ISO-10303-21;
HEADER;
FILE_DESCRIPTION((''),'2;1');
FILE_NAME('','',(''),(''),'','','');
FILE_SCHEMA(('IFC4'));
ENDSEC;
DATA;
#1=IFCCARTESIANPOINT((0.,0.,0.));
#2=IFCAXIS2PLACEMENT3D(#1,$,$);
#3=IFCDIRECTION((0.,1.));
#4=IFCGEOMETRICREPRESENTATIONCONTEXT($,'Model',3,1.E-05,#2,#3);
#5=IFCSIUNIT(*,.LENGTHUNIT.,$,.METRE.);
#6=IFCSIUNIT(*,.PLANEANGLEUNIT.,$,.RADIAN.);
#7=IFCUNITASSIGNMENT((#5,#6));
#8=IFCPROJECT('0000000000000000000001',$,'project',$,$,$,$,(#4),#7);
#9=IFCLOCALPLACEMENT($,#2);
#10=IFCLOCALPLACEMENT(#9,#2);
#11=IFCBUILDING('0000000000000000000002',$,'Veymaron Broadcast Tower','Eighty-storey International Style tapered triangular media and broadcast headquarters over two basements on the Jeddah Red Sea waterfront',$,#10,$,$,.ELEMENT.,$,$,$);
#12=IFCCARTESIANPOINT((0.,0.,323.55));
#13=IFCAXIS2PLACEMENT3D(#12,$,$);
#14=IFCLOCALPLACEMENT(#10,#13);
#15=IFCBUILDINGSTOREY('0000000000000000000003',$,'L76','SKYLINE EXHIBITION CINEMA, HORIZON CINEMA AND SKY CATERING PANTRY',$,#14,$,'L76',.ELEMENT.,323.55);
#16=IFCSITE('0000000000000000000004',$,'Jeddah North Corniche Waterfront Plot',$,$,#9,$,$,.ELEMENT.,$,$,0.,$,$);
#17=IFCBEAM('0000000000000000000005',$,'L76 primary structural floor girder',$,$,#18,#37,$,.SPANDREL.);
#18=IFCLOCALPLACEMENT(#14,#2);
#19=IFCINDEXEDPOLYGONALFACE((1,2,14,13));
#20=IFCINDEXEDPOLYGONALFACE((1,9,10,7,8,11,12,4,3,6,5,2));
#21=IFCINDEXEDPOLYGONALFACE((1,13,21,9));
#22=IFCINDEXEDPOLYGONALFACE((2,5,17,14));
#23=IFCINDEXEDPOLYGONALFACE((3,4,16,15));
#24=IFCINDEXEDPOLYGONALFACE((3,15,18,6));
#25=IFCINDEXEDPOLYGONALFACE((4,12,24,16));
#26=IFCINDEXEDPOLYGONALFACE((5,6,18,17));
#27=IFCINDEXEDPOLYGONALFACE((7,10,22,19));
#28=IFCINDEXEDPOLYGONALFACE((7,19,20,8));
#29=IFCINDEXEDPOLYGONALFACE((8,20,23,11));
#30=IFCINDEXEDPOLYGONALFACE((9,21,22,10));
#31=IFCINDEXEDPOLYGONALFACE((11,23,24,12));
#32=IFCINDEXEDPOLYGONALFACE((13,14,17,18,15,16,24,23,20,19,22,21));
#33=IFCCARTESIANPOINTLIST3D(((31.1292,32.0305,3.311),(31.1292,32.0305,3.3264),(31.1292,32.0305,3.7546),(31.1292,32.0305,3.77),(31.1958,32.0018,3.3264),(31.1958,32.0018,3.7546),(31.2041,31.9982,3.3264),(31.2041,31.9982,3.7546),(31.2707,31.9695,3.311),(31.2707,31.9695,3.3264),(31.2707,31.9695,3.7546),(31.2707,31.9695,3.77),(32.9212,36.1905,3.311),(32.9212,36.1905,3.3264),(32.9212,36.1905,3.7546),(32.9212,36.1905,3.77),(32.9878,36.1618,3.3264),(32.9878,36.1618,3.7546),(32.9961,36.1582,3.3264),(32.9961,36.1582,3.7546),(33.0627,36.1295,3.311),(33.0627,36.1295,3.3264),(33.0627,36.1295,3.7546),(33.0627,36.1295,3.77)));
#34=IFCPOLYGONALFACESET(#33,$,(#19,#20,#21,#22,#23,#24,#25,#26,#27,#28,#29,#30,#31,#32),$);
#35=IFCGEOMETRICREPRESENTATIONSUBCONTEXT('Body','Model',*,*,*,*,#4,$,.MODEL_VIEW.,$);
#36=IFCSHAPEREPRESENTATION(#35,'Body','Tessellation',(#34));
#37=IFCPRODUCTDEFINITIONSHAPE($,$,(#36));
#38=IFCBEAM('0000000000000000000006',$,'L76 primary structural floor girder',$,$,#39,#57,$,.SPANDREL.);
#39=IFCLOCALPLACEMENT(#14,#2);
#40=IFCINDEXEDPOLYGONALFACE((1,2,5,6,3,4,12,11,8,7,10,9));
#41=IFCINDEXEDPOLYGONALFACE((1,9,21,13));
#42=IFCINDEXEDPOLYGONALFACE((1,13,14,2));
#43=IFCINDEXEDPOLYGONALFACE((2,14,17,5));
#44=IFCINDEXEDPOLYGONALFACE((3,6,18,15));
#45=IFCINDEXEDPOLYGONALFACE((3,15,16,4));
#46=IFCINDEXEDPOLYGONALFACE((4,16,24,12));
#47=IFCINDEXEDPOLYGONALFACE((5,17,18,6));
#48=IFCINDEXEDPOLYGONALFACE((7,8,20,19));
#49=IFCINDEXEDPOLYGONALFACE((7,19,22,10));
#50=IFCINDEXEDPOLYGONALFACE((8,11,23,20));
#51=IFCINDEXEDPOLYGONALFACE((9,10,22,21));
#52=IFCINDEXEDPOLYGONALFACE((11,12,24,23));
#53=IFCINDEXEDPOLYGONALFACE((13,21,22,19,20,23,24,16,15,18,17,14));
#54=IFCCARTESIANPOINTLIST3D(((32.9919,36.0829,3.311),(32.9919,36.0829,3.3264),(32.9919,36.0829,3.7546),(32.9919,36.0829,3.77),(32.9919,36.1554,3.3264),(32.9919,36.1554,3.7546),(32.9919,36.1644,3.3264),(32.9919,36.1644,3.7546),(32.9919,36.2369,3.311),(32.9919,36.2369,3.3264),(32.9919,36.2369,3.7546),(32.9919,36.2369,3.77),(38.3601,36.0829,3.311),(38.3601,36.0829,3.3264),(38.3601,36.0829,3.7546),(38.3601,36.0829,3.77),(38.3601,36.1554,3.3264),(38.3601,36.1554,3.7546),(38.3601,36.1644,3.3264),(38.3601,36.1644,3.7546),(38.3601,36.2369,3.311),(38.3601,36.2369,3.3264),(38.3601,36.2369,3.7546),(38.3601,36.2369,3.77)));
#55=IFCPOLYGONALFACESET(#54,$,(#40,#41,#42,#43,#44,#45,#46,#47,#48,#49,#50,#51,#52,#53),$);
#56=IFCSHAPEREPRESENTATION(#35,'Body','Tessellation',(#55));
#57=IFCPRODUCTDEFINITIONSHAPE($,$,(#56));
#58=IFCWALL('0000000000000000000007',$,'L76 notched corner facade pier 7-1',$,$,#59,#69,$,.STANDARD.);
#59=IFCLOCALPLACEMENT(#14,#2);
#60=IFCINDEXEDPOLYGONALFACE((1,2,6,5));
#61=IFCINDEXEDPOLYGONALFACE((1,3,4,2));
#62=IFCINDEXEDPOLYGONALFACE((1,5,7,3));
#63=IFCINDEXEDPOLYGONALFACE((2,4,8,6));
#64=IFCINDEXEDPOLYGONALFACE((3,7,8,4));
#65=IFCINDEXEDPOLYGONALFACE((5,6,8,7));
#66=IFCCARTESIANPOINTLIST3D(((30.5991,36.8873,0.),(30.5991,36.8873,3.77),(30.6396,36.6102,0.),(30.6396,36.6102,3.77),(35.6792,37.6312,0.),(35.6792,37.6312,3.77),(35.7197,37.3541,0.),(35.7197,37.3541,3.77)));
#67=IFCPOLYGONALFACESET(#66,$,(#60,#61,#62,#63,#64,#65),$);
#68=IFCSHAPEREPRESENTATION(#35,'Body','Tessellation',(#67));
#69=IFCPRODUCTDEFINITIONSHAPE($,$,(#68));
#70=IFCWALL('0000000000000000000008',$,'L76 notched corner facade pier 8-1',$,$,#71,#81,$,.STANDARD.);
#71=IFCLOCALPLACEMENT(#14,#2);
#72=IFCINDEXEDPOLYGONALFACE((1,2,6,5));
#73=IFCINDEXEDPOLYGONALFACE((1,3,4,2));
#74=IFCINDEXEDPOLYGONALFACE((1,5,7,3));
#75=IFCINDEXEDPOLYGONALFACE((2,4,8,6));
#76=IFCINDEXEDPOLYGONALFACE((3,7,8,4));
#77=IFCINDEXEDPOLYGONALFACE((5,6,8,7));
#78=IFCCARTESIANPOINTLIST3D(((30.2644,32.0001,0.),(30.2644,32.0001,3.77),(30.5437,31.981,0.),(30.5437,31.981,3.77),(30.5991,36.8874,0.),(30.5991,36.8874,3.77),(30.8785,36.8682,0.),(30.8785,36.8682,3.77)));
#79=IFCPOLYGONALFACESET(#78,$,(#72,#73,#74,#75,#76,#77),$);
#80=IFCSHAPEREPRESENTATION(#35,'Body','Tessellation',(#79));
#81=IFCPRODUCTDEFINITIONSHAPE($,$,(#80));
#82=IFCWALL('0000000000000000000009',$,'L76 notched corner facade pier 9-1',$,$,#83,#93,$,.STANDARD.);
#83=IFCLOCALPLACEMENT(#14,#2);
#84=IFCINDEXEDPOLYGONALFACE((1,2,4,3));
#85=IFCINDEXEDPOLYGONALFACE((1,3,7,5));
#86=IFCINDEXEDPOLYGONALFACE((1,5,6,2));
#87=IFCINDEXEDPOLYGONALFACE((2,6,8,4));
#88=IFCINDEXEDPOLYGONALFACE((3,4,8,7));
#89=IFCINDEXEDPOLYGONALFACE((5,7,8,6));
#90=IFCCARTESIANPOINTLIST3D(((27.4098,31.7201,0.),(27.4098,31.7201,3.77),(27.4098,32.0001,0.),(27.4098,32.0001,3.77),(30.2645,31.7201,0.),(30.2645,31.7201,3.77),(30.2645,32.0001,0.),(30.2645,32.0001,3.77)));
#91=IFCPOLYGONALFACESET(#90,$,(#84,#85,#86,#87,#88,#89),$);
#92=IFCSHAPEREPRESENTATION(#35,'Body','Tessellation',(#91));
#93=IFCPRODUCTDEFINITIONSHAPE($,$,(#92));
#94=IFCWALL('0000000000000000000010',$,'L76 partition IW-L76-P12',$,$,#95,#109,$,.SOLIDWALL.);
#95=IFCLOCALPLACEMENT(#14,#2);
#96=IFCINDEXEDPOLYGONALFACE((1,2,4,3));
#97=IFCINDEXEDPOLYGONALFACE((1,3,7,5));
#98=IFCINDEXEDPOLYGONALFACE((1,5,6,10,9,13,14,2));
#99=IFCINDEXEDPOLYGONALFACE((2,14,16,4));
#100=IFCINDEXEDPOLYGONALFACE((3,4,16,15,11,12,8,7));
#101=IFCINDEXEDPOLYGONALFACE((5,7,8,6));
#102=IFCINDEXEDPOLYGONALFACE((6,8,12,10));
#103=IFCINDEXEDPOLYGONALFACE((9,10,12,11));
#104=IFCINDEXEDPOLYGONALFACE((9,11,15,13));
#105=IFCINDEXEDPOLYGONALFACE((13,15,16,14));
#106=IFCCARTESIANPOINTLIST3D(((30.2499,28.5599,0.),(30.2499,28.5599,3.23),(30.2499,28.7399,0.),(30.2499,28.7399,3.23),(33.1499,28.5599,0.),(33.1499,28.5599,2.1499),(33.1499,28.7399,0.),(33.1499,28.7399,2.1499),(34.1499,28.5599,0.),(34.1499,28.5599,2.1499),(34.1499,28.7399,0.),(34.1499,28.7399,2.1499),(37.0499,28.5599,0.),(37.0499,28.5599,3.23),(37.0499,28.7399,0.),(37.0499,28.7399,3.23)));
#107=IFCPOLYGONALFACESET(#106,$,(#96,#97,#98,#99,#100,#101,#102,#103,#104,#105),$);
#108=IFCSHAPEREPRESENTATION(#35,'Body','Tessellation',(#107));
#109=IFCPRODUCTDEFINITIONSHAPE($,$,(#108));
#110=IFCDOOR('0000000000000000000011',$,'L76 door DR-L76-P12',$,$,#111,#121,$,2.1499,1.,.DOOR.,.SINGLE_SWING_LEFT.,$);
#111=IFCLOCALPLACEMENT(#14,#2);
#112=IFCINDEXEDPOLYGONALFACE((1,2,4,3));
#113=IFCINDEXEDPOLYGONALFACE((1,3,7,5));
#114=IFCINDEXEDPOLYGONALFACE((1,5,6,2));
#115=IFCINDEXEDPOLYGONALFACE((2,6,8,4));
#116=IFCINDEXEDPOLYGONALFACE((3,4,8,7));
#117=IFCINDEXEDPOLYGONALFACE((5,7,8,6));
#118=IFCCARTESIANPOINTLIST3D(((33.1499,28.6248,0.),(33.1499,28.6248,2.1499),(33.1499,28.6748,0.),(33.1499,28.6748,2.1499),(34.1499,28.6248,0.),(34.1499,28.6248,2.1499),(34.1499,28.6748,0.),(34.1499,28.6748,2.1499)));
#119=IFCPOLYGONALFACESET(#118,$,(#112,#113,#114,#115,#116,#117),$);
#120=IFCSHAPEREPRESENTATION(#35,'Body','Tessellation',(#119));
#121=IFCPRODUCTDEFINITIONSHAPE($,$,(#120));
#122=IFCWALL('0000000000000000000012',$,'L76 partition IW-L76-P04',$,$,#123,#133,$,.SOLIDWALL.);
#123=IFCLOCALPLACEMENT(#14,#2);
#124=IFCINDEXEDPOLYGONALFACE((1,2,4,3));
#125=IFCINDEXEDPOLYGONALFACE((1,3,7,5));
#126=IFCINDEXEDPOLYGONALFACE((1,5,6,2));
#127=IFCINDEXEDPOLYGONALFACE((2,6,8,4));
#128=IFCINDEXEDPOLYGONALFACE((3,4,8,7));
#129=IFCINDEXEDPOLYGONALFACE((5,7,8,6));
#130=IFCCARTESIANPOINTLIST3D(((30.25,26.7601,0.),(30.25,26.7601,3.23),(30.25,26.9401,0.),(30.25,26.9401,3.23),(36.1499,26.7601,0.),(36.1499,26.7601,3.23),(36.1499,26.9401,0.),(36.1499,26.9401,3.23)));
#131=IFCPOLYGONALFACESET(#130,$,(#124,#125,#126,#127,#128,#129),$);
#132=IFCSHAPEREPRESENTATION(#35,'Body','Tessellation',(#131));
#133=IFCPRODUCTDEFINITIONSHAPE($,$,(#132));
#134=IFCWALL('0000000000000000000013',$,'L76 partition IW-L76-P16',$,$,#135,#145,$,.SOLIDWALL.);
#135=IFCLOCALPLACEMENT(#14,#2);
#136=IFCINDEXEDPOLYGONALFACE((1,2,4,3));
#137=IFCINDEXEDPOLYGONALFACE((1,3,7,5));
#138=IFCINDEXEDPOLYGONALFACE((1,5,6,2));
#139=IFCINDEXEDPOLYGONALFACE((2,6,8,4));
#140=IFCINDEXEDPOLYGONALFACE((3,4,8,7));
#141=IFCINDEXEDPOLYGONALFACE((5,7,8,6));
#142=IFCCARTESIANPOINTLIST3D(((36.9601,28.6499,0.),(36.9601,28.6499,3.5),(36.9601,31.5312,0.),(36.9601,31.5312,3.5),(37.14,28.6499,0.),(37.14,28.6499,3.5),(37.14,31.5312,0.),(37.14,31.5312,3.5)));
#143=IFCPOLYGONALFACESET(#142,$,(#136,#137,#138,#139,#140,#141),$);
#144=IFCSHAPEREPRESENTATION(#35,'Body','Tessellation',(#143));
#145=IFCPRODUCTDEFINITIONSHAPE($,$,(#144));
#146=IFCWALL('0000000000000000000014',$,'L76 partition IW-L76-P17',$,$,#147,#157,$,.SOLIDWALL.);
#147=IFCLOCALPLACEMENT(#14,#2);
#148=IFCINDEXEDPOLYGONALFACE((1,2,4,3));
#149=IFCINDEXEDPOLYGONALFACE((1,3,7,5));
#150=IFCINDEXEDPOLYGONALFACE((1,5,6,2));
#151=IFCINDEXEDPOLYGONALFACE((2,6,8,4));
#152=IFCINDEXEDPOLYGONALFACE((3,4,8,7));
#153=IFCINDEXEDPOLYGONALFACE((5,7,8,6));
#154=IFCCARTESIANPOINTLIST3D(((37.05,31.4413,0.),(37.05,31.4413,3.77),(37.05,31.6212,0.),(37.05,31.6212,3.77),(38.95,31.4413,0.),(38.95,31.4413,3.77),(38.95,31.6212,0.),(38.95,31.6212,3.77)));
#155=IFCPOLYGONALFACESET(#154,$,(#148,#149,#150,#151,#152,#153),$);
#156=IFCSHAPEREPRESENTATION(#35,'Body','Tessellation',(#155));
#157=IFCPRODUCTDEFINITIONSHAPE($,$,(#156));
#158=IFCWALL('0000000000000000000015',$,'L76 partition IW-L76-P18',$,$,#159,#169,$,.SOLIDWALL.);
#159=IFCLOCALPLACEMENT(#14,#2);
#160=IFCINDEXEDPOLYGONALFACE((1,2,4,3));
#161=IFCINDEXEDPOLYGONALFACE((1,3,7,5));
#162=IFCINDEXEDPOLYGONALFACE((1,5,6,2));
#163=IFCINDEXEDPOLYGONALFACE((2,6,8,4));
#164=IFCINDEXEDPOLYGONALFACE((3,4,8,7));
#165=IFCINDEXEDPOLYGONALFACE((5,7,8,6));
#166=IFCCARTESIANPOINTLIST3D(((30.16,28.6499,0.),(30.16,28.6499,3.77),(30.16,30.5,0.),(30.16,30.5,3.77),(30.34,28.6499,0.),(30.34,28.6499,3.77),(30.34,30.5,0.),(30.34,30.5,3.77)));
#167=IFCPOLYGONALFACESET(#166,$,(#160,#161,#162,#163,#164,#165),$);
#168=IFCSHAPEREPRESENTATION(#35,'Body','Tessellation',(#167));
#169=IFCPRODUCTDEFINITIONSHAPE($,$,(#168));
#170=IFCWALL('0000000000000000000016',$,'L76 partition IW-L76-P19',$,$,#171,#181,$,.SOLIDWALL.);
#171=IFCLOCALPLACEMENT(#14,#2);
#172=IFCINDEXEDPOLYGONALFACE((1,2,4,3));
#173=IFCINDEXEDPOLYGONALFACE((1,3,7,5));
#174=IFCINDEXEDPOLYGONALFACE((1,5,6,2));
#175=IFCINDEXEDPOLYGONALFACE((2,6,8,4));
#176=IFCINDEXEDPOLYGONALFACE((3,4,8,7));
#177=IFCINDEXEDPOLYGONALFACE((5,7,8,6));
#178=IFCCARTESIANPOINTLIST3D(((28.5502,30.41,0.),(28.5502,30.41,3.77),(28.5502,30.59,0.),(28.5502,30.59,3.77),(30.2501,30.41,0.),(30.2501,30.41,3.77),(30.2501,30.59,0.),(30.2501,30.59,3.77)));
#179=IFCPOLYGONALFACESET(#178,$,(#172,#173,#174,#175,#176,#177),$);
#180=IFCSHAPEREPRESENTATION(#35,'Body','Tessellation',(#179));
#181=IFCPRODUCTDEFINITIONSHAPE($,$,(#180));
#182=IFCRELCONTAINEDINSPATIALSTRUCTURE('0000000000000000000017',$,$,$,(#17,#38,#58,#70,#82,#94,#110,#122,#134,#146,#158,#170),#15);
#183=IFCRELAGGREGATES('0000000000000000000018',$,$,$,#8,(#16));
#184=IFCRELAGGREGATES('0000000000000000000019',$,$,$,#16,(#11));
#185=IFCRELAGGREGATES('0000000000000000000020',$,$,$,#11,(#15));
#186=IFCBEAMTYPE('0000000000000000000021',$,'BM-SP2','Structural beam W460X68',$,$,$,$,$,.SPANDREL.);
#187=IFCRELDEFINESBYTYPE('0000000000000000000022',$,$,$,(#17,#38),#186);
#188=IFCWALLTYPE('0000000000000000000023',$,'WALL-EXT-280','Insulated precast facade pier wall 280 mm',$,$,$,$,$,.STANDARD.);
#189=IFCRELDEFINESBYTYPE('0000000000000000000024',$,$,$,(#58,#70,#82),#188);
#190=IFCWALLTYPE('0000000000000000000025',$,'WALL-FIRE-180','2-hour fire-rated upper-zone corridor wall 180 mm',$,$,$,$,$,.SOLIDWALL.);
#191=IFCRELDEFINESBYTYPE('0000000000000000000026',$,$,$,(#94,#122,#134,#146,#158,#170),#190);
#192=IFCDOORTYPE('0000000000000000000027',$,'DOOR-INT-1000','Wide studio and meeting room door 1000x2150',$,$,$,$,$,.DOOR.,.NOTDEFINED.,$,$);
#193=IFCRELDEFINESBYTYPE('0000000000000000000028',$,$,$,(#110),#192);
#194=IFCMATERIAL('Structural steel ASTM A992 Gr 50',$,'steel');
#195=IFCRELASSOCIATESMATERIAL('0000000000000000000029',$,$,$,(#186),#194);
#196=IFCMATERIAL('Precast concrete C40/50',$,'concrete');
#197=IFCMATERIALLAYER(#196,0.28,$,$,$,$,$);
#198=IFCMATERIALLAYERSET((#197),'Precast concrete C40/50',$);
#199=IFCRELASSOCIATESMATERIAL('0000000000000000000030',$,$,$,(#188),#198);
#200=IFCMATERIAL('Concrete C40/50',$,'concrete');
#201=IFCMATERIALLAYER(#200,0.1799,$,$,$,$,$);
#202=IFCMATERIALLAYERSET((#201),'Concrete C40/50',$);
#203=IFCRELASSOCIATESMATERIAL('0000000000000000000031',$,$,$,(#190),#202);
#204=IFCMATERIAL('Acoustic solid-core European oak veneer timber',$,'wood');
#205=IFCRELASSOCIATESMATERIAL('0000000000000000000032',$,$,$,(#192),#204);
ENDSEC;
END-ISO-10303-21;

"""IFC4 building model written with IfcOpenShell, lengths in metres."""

from ifc_helpers import new_model, si_unit, direction, frame, frame_2d, origin, origin_2d, place, context, subcontext, project, spatial, rectangle, i_section, extrude, material, layer, layer_set, material_profile, profile_set, type_object, element, fill, save


model = new_model("IFC4")

# Units and contexts
model_context = context("Model", 3, precision=1e-05, world=origin(), true_north=direction((0.0, 1.0)))
body_context = subcontext(model_context, "Body", "Model", "MODEL_VIEW")
ifc_project = project(units=[si_unit("LENGTHUNIT", "METRE"), si_unit("PLANEANGLEUNIT", "RADIAN")], contexts=[model_context])

# Site, building, storey
site_placement = place(None, origin())
site = spatial("IfcSite", under=ifc_project, at=site_placement, Name="Jeddah North Corniche Waterfront Plot", CompositionType="ELEMENT", RefElevation=0.0)
building_placement = place(site_placement, origin())
building = spatial("IfcBuilding", under=site, at=building_placement, Name="Veymaron Broadcast Tower", Description="Eighty-storey International Style tapered triangular media and broadcast headquarters over two basements on the Jeddah Red Sea waterfront", CompositionType="ELEMENT")
storey_placement = place(building_placement, frame((0.0, 0.0, 323.55)))
storey = spatial("IfcBuildingStorey", under=building, at=storey_placement, Name="L76", Description="SKYLINE EXHIBITION CINEMA, HORIZON CINEMA AND SKY CATERING PANTRY", LongName="L76", CompositionType="ELEMENT", Elevation=323.55)

# Shared definitions
ifc_material_1 = material(Name="Structural steel ASTM A992 Gr 50", Category="steel")

# Beams
ifc_material_profile_1 = material_profile(ifc_material_1, i_section(OverallWidth=0.1541, OverallDepth=0.459, WebThickness=0.009, FlangeThickness=0.0154, at=origin_2d()), Name="W460X68")
ifc_profile_set_1 = profile_set([ifc_material_profile_1], Name="Structural steel ASTM A992 Gr 50")
beam_type_1 = type_object("IfcBeamType", Name="BM-SP2", Description="Structural beam W460X68", PredefinedType="SPANDREL", material=ifc_profile_set_1)
beam_1_placement = place(storey_placement, frame((31.2, 32.0, 3.5405), z_axis=(0.395629, 0.91841, 0.0), x_axis=(-0.91841, 0.395629, 0.0)))
element("IfcBeam", 1, at=beam_1_placement, inside=storey, type_object=beam_type_1, Name="L76 primary structural floor girder", PredefinedType="SPANDREL", context=body_context, shape_type="SweptSolid", body=[
    extrude(i_section(OverallWidth=0.1541, OverallDepth=0.459, WebThickness=0.009, FlangeThickness=0.0154, at=origin_2d()), origin(), (0.0, 0.0, 1.0), 4.5295),
])
beam_2_placement = place(storey_placement, frame((32.9919, 36.1599, 3.5405), z_axis=(1.0, 0.0, 0.0), x_axis=(0.0, 1.0, 0.0)))
element("IfcBeam", 2, at=beam_2_placement, inside=storey, type_object=beam_type_1, Name="L76 primary structural floor girder", PredefinedType="SPANDREL", context=body_context, shape_type="SweptSolid", body=[
    extrude(i_section(OverallWidth=0.1541, OverallDepth=0.459, WebThickness=0.009, FlangeThickness=0.0154, at=origin_2d()), origin(), (0.0, 0.0, 1.0), 5.3682),
])

# Walls
ifc_material_2 = material(Name="Precast concrete C40/50", Category="concrete")
ifc_layer_1 = layer(ifc_material_2, 0.28)
ifc_layer_set_1 = layer_set([ifc_layer_1], Name="Precast concrete C40/50")
wall_type_1 = type_object("IfcWallType", Name="WALL-EXT-280", Description="Insulated precast facade pier wall 280 mm", PredefinedType="STANDARD", material=ifc_layer_set_1)
wall_1_placement = place(storey_placement, frame((35.6995, 37.4927, 0.0), z_axis=(0.0, 0.0, 1.0), x_axis=(-0.989448, -0.144889, 0.0)))
element("IfcWall", 3, at=wall_1_placement, inside=storey, type_object=wall_type_1, Name="L76 notched corner facade pier 7-1", PredefinedType="STANDARD", context=body_context, shape_type="SweptSolid", body=[
    extrude(rectangle(XDim=5.1343, YDim=0.28, at=frame_2d((2.5671, 0.0))), origin(), (0.0, 0.0, 1.0), 3.77),
])
wall_2_placement = place(storey_placement, frame((30.7388, 36.8777, 0.0), z_axis=(0.0, 0.0, 1.0), x_axis=(-0.068328, -0.997663, 0.0)))
element("IfcWall", 4, at=wall_2_placement, inside=storey, type_object=wall_type_1, Name="L76 notched corner facade pier 8-1", PredefinedType="STANDARD", context=body_context, shape_type="SweptSolid", body=[
    extrude(rectangle(XDim=4.8987, YDim=0.28, at=frame_2d((2.4492, 0.0))), origin(), (0.0, 0.0, 1.0), 3.77),
])
wall_3_placement = place(storey_placement, frame((30.2644, 31.8601, 0.0), z_axis=(0.0, 0.0, 1.0), x_axis=(-1.0, 0.0, 0.0)))
element("IfcWall", 5, at=wall_3_placement, inside=storey, type_object=wall_type_1, Name="L76 notched corner facade pier 9-1", PredefinedType="STANDARD", context=body_context, shape_type="SweptSolid", body=[
    extrude(rectangle(XDim=2.8547, YDim=0.28, at=frame_2d((1.4272, 0.0))), origin(), (0.0, 0.0, 1.0), 3.77),
])

# Wall, opening, door
ifc_material_3 = material(Name="Concrete C40/50", Category="concrete")
ifc_layer_2 = layer(ifc_material_3, 0.1799)
ifc_layer_set_2 = layer_set([ifc_layer_2], Name="Concrete C40/50")
wall_type_2 = type_object("IfcWallType", Name="WALL-FIRE-180", Description="2-hour fire-rated upper-zone corridor wall 180 mm", PredefinedType="SOLIDWALL", material=ifc_layer_set_2)
wall_4_placement = place(storey_placement, frame((30.25, 28.6499, 0.0), z_axis=(0.0, 0.0, 1.0), x_axis=(1.0, 0.0, 0.0)))
wall_4 = element("IfcWall", 6, at=wall_4_placement, inside=storey, type_object=wall_type_2, Name="L76 partition IW-L76-P12", PredefinedType="SOLIDWALL", context=body_context, shape_type="SweptSolid", body=[
    extrude(rectangle(XDim=6.8, YDim=0.1799, at=frame_2d((3.3999, 0.0))), origin(), (0.0, 0.0, 1.0), 3.23),
])
opening_placement = place(wall_4_placement, frame((2.8999, 0.0, 0.0)))
opening = element("IfcOpeningElement", 7, at=opening_placement, cuts=wall_4, PredefinedType="OPENING", context=body_context, shape_type="SweptSolid", body=[
    extrude(rectangle(XDim=1.0, YDim=2.1499, at=frame_2d((0.5, 1.075))), frame((0.0, 0.1001, 0.0), z_axis=(0.0, -1.0, 0.0), x_axis=(1.0, 0.0, 0.0)), (0.0, 0.0, 1.0), 0.2),
])
ifc_material_4 = material(Name="Acoustic solid-core European oak veneer timber", Category="wood")
door_type = type_object("IfcDoorType", Name="DOOR-INT-1000", Description="Wide studio and meeting room door 1000x2150", OperationType="NOTDEFINED", PredefinedType="DOOR", material=ifc_material_4)
door_placement = place(opening_placement, origin())
door = element("IfcDoor", 8, at=door_placement, inside=storey, type_object=door_type, Name="L76 door DR-L76-P12", OperationType="SINGLE_SWING_LEFT", OverallHeight=2.1499, OverallWidth=1.0, PredefinedType="DOOR", context=body_context, shape_type="SweptSolid", body=[
    extrude(rectangle(XDim=1.0, YDim=2.1499, at=frame_2d((0.5, 1.075))), frame((0.0, 0.0249, 0.0), z_axis=(0.0, -1.0, 0.0), x_axis=(1.0, 0.0, 0.0)), (0.0, 0.0, 1.0), 0.05),
])
fill(opening, door)

# Walls
wall_5_placement = place(storey_placement, frame((30.25, 26.8501, 0.0), z_axis=(0.0, 0.0, 1.0), x_axis=(1.0, 0.0, 0.0)))
element("IfcWall", 9, at=wall_5_placement, inside=storey, type_object=wall_type_2, Name="L76 partition IW-L76-P04", PredefinedType="SOLIDWALL", context=body_context, shape_type="SweptSolid", body=[
    extrude(rectangle(XDim=5.8999, YDim=0.1799, at=frame_2d((2.95, 0.0))), origin(), (0.0, 0.0, 1.0), 3.23),
])
wall_6_placement = place(storey_placement, frame((37.05, 28.6499, 0.0), z_axis=(0.0, 0.0, 1.0), x_axis=(0.0, 1.0, 0.0)))
element("IfcWall", 10, at=wall_6_placement, inside=storey, type_object=wall_type_2, Name="L76 partition IW-L76-P16", PredefinedType="SOLIDWALL", context=body_context, shape_type="SweptSolid", body=[
    extrude(rectangle(XDim=2.8813, YDim=0.1799, at=frame_2d((1.4407, 0.0))), origin(), (0.0, 0.0, 1.0), 3.5),
])
wall_7_placement = place(storey_placement, frame((37.05, 31.5312, 0.0), z_axis=(0.0, 0.0, 1.0), x_axis=(1.0, 0.0, 0.0)))
element("IfcWall", 11, at=wall_7_placement, inside=storey, type_object=wall_type_2, Name="L76 partition IW-L76-P17", PredefinedType="SOLIDWALL", context=body_context, shape_type="SweptSolid", body=[
    extrude(rectangle(XDim=1.8999, YDim=0.1799, at=frame_2d((0.95, 0.0))), origin(), (0.0, 0.0, 1.0), 3.77),
])
wall_8_placement = place(storey_placement, frame((30.25, 28.6499, 0.0), z_axis=(0.0, 0.0, 1.0), x_axis=(0.0, 1.0, 0.0)))
element("IfcWall", 12, at=wall_8_placement, inside=storey, type_object=wall_type_2, Name="L76 partition IW-L76-P18", PredefinedType="SOLIDWALL", context=body_context, shape_type="SweptSolid", body=[
    extrude(rectangle(XDim=1.8501, YDim=0.1799, at=frame_2d((0.925, 0.0))), origin(), (0.0, 0.0, 1.0), 3.77),
])
wall_9_placement = place(storey_placement, frame((28.55, 30.5, 0.0), z_axis=(0.0, 0.0, 1.0), x_axis=(1.0, 0.0, 0.0)))
element("IfcWall", 13, at=wall_9_placement, inside=storey, type_object=wall_type_2, Name="L76 partition IW-L76-P19", PredefinedType="SOLIDWALL", context=body_context, shape_type="SweptSolid", body=[
    extrude(rectangle(XDim=1.7, YDim=0.1799, at=frame_2d((0.8501, 0.0))), origin(), (0.0, 0.0, 1.0), 3.77),
])

save(model, "model.ifc")
